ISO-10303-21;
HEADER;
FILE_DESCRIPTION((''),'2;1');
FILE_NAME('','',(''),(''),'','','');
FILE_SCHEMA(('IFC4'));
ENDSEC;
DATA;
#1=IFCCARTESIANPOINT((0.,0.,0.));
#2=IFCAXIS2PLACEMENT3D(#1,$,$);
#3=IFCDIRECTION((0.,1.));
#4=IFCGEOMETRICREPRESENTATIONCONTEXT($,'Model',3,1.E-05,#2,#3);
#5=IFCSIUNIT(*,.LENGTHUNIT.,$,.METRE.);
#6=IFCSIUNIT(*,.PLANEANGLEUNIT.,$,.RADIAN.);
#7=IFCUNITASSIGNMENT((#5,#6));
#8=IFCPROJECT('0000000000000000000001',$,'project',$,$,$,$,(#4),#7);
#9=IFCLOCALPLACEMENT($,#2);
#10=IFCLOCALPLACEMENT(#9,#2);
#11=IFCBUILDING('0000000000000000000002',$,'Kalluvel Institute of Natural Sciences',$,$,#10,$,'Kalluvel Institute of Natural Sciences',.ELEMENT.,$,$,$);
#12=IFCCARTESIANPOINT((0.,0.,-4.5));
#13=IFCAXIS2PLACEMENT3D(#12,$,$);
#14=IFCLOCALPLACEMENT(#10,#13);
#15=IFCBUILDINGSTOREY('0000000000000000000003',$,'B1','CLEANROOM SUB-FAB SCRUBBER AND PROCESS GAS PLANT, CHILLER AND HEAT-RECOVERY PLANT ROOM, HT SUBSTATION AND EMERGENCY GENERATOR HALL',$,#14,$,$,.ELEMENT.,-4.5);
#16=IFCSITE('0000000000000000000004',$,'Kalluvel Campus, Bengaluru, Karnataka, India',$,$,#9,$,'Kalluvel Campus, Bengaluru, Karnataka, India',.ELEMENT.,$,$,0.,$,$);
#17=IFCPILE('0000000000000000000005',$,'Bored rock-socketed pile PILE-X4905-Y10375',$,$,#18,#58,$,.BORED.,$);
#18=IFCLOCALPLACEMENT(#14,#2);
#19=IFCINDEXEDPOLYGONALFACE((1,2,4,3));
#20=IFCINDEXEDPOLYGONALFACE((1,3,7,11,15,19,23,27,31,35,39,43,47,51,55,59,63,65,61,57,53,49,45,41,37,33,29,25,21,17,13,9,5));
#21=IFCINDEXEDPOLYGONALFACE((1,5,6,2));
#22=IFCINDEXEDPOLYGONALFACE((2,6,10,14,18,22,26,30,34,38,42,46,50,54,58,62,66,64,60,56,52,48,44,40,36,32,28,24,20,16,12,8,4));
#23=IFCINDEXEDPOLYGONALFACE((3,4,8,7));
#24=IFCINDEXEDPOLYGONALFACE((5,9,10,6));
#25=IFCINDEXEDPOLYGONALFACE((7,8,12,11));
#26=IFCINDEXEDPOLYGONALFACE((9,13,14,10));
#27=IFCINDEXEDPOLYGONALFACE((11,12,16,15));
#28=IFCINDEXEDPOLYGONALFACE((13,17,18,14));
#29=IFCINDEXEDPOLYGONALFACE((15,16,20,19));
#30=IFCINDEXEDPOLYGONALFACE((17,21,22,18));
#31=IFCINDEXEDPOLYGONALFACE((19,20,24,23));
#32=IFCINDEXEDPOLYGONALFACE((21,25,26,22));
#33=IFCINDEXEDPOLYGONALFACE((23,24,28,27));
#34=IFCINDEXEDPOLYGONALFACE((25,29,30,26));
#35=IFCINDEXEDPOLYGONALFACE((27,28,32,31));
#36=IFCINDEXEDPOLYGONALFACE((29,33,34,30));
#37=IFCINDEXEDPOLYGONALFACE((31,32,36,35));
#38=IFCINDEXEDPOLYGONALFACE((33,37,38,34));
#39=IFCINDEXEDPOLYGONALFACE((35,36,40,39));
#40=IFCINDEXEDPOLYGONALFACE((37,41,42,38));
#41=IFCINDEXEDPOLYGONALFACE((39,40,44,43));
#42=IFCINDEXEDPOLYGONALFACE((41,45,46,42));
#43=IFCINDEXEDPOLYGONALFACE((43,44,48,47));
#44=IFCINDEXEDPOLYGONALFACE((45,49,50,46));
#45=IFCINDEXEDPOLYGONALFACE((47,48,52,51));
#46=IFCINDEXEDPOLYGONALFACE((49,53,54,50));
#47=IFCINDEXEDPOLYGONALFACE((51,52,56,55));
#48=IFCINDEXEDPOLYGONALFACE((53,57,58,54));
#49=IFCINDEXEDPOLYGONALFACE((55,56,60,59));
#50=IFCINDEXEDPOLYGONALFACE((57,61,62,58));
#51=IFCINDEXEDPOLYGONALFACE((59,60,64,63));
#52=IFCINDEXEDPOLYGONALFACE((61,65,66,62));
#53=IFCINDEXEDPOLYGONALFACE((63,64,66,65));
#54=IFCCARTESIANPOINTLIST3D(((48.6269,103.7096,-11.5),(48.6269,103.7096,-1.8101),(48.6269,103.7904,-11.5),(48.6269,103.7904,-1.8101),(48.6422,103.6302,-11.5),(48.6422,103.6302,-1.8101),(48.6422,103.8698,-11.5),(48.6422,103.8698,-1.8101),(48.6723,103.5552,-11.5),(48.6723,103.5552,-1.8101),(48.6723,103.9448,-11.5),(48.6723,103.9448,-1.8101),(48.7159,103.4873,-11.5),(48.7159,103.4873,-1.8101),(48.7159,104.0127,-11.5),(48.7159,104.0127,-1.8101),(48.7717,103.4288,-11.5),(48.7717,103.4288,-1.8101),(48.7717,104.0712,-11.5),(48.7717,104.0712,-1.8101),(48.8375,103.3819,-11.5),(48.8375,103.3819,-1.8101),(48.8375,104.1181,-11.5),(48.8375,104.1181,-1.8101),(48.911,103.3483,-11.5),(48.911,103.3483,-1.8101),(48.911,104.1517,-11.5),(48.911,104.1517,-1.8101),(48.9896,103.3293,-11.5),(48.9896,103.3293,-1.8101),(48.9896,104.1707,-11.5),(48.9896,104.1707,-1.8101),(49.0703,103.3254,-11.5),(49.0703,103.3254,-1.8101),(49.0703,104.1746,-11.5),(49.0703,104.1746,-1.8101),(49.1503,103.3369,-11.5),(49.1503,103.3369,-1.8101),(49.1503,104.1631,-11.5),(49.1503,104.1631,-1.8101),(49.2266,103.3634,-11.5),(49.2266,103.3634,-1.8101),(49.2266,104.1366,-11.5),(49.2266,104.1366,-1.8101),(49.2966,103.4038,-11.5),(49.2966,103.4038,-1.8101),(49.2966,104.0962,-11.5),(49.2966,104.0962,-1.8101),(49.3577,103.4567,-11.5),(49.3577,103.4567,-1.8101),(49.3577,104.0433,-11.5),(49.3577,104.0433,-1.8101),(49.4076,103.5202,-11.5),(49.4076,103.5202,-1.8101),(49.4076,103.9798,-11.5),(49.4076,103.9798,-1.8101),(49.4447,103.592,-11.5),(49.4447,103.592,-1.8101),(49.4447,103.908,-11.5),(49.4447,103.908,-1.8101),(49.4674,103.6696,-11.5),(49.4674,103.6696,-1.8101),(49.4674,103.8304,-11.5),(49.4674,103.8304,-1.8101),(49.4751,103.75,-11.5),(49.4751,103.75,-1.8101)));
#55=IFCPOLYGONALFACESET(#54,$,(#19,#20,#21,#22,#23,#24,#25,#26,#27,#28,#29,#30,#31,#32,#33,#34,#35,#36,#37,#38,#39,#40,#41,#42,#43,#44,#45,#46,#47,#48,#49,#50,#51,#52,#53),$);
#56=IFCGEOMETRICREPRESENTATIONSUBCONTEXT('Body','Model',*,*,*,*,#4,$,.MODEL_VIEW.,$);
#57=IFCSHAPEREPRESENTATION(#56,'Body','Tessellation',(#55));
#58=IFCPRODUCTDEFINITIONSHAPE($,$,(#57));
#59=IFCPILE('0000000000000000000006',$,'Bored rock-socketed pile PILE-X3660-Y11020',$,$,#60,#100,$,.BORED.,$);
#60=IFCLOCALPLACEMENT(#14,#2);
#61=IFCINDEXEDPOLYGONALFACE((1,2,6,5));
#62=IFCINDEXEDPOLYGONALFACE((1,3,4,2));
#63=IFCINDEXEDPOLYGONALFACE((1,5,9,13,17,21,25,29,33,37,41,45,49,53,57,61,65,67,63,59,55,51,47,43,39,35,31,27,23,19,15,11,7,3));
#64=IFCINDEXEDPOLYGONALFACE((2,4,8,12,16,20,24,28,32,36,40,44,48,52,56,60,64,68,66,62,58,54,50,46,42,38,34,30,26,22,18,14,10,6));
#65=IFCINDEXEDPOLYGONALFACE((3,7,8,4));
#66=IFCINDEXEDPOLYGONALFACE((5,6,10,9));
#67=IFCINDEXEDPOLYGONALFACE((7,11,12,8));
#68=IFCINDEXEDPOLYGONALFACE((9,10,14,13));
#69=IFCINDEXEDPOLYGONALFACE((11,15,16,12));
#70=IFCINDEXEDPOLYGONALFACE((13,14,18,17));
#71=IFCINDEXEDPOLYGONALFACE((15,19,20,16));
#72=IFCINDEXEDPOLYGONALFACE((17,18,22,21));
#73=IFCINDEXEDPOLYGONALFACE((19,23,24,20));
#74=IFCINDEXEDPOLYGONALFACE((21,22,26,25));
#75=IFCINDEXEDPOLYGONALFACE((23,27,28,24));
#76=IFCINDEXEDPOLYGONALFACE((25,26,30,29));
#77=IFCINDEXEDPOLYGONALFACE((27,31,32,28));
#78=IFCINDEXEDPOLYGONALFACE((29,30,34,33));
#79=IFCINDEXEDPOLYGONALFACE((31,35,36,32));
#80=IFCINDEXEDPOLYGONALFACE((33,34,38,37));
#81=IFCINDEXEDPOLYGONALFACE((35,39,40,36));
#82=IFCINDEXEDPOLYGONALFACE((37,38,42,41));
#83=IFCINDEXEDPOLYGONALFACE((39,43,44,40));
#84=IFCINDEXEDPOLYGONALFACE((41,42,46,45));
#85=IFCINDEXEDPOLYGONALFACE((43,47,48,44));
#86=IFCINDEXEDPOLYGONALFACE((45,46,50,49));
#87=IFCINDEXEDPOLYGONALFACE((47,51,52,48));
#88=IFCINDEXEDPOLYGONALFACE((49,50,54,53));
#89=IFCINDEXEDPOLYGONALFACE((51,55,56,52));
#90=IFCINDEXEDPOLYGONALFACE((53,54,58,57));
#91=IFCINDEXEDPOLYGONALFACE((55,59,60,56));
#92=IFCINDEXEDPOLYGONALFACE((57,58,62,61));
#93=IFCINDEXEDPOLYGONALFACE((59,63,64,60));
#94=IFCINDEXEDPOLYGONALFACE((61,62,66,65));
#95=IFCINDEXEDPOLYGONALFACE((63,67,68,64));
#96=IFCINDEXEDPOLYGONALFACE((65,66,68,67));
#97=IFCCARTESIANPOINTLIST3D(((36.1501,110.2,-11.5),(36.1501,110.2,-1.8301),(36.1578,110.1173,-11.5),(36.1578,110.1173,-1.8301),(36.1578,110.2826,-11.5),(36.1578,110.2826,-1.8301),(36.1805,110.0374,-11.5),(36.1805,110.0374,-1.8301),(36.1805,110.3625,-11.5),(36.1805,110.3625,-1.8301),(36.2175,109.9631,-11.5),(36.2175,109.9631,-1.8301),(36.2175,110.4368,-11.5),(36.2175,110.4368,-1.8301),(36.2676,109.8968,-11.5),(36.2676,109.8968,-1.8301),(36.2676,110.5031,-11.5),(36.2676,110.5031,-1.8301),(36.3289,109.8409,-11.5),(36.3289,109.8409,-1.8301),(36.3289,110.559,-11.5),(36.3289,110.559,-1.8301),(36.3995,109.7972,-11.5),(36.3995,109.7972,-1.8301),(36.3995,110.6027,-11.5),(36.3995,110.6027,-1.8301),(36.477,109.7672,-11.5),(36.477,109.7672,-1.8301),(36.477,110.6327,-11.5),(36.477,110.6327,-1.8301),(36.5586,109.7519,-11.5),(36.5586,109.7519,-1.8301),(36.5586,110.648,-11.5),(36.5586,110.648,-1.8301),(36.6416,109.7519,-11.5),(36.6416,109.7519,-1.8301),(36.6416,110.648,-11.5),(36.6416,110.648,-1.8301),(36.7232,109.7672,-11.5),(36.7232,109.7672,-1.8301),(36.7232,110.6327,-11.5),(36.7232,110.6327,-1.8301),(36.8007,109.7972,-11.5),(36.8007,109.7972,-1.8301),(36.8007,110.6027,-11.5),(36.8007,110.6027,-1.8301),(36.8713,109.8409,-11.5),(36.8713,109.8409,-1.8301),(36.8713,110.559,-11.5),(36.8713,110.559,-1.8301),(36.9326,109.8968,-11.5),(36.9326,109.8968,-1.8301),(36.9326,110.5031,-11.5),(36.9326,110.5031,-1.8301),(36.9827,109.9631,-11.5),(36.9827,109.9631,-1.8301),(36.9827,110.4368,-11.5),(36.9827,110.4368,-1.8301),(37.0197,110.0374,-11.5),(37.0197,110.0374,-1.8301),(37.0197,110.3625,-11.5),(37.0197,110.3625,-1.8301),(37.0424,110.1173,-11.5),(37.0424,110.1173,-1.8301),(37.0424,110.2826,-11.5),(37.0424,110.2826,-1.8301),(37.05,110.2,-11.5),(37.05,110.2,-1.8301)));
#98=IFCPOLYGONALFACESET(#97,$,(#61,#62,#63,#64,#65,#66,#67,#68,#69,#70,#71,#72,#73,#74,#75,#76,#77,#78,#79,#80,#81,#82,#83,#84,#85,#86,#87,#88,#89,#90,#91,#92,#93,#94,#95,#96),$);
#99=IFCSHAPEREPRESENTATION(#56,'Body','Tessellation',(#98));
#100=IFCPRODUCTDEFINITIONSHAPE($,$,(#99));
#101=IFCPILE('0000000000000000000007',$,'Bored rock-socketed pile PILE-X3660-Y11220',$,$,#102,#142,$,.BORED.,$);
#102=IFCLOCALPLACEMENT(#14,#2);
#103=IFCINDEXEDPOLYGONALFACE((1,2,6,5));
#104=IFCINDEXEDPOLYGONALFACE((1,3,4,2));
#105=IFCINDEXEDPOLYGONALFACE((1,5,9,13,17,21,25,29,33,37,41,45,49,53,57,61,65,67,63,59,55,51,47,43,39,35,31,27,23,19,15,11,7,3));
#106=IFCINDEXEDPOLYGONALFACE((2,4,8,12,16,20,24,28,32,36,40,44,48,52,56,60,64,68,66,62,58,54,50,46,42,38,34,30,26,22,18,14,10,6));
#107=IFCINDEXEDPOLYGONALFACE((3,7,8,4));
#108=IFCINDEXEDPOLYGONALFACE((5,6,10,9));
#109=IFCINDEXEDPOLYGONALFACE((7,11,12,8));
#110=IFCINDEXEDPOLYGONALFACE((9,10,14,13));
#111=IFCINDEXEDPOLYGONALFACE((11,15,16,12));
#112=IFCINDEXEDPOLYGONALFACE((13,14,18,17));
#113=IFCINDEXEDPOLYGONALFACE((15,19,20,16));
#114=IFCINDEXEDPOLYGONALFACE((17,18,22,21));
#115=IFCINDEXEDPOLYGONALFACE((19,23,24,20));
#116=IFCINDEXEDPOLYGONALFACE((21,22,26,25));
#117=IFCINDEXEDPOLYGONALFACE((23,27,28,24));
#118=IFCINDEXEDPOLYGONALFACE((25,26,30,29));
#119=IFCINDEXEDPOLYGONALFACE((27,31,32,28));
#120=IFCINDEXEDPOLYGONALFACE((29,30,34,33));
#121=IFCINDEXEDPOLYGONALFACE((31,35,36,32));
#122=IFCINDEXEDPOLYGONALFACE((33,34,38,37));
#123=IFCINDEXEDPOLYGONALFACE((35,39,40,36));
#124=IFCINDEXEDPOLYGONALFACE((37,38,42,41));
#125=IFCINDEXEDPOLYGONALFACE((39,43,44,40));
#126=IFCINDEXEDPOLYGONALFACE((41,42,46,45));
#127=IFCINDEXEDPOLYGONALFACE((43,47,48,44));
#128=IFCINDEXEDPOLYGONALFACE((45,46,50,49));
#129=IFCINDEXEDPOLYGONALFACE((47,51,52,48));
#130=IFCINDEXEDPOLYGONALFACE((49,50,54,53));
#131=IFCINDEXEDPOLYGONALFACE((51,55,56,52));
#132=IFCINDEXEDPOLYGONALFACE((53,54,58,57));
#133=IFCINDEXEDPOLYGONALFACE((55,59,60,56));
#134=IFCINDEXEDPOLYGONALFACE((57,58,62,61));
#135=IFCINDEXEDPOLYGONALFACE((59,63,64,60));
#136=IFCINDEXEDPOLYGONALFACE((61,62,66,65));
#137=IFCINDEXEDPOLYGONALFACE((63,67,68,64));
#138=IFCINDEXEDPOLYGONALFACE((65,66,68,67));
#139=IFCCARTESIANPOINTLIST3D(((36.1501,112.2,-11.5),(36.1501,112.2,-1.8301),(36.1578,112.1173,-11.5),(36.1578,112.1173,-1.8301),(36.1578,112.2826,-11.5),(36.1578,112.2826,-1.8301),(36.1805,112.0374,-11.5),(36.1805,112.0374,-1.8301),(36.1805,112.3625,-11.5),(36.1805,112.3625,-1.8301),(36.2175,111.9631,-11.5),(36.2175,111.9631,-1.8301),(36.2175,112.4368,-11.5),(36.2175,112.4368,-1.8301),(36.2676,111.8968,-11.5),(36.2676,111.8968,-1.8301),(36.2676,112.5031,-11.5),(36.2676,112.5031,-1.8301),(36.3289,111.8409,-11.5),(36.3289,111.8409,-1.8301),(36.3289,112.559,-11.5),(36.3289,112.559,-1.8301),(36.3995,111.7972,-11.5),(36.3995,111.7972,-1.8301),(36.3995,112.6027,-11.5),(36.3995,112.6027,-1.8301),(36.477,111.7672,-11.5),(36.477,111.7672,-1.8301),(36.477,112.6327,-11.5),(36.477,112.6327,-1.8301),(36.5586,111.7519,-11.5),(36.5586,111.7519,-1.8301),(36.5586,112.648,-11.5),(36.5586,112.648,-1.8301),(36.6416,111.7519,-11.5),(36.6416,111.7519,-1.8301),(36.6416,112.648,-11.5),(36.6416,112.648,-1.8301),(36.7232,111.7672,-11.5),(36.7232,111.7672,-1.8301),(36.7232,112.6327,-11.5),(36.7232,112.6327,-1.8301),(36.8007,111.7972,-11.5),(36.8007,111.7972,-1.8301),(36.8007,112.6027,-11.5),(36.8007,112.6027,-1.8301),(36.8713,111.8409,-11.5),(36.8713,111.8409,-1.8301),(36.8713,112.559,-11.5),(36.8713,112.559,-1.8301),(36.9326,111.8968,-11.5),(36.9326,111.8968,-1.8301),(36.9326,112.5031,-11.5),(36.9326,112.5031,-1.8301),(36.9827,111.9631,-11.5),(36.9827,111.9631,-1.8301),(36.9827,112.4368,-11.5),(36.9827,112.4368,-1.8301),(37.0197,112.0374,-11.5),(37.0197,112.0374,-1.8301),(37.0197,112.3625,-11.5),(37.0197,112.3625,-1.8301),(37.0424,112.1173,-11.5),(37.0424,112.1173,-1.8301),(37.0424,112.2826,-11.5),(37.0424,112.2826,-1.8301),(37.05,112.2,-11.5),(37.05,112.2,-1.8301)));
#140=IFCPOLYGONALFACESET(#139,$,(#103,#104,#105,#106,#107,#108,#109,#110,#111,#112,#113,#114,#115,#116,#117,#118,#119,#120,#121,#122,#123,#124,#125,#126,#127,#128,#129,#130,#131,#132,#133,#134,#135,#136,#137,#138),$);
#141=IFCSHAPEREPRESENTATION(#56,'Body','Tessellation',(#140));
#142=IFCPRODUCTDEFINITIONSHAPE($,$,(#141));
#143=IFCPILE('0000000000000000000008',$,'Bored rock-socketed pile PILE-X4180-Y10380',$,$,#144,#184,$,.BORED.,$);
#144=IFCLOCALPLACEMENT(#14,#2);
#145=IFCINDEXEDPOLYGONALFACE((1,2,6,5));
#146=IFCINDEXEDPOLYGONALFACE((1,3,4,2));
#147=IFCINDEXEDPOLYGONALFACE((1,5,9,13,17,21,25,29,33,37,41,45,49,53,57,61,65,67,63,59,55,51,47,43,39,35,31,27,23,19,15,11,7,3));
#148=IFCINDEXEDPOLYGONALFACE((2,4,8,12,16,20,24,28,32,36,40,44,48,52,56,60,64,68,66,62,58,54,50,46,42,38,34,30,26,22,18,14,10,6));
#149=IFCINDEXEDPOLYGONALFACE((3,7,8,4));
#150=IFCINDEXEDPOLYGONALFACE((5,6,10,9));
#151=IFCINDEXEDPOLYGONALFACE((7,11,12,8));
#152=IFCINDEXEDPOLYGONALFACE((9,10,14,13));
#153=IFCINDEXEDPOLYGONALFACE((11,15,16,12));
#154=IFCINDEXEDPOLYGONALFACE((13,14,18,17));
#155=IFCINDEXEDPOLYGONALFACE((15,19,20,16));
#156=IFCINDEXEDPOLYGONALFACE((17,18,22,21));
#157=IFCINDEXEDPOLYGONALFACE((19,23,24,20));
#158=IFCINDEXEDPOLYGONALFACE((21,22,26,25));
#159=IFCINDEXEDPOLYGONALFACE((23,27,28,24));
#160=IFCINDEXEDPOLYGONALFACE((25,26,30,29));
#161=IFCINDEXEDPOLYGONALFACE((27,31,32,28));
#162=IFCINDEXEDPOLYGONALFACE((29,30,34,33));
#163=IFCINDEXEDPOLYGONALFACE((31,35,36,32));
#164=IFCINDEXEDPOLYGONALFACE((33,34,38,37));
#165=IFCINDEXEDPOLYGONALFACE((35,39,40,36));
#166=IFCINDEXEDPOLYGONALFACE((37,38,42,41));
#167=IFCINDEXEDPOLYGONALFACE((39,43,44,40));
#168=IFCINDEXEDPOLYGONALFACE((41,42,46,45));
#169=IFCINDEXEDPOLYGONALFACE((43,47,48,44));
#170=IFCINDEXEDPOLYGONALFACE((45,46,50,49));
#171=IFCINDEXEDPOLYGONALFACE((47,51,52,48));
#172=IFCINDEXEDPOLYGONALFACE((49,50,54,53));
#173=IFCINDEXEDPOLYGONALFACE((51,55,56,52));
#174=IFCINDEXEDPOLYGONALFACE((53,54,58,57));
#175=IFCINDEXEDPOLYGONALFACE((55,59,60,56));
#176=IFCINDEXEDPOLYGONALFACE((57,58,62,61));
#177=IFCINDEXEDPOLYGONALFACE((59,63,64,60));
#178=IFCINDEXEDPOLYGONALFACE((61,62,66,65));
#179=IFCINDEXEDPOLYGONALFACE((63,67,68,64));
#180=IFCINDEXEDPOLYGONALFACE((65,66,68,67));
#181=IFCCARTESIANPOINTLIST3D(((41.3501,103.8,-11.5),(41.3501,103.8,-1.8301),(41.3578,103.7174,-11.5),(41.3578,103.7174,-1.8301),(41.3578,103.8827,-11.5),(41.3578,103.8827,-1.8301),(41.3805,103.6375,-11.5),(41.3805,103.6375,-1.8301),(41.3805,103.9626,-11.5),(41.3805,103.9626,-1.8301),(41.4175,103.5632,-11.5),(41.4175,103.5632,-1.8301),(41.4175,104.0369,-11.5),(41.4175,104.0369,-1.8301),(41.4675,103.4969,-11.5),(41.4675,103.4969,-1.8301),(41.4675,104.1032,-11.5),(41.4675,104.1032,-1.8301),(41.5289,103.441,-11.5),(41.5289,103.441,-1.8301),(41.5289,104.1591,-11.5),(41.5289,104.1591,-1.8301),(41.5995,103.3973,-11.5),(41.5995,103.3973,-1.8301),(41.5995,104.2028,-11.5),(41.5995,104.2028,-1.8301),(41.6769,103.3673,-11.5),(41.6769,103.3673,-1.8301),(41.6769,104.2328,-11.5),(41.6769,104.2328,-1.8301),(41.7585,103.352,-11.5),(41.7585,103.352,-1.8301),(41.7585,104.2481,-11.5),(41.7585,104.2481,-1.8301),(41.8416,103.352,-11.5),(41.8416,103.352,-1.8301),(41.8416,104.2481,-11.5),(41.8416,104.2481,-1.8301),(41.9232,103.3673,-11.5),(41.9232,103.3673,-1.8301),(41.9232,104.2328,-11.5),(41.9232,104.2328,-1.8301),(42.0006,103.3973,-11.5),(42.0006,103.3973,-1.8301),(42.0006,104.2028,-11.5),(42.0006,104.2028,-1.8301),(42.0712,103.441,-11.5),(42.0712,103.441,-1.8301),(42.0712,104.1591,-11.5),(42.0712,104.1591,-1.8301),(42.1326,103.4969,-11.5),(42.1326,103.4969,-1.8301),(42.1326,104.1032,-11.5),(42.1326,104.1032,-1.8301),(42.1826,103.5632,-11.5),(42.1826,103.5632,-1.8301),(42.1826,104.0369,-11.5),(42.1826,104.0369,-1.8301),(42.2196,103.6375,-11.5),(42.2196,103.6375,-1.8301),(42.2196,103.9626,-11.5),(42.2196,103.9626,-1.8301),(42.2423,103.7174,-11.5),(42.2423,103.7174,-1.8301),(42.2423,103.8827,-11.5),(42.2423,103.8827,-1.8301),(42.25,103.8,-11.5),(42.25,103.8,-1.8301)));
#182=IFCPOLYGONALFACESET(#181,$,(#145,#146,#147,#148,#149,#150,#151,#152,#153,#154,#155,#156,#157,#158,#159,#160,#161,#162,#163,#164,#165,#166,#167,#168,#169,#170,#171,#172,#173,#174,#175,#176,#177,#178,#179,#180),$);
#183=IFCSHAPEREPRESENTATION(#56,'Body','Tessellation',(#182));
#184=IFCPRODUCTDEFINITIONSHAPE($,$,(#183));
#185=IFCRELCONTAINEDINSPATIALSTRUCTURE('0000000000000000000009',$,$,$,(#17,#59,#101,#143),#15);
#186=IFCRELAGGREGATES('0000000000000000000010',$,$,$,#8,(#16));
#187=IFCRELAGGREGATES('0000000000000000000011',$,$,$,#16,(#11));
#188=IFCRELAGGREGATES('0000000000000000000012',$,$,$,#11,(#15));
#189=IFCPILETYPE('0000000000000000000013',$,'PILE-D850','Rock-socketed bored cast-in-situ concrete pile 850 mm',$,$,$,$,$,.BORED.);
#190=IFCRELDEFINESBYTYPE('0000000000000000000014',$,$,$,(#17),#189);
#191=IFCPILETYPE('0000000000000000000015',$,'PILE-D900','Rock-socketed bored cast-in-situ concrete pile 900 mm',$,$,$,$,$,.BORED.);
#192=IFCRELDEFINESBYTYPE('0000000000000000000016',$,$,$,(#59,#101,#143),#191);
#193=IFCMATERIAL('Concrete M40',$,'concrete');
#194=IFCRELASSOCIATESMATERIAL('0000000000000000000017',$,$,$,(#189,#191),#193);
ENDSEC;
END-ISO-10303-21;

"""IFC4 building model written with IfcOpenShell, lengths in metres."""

from ifc_helpers import new_model, si_unit, direction, frame, origin, origin_2d, place, context, subcontext, project, spatial, circle, extrude, material, material_profile, profile_set, type_object, element, save


model = new_model("IFC4")

# Units and contexts
model_context = context("Model", 3, precision=1e-05, world=origin(), true_north=direction((0.0, 1.0)))
body_context = subcontext(model_context, "Body", "Model", "MODEL_VIEW")
ifc_project = project(units=[si_unit("LENGTHUNIT", "METRE"), si_unit("PLANEANGLEUNIT", "RADIAN")], contexts=[model_context])

# Site, building, storey
site_placement = place(None, origin())
site = spatial("IfcSite", under=ifc_project, at=site_placement, Name="Kalluvel Campus, Bengaluru, Karnataka, India", LongName="Kalluvel Campus, Bengaluru, Karnataka, India", CompositionType="ELEMENT", RefElevation=0.0)
building_placement = place(site_placement, origin())
building = spatial("IfcBuilding", under=site, at=building_placement, Name="Kalluvel Institute of Natural Sciences", LongName="Kalluvel Institute of Natural Sciences", CompositionType="ELEMENT")
storey_placement = place(building_placement, frame((0.0, 0.0, -4.5)))
storey = spatial("IfcBuildingStorey", under=building, at=storey_placement, Name="B1", Description="CLEANROOM SUB-FAB SCRUBBER AND PROCESS GAS PLANT, CHILLER AND HEAT-RECOVERY PLANT ROOM, HT SUBSTATION AND EMERGENCY GENERATOR HALL", CompositionType="ELEMENT", Elevation=-4.5)

# Shared definitions
ifc_material_1 = material(Name="Concrete M40", Category="concrete")

# Piles
ifc_material_profile_1 = material_profile(ifc_material_1, circle(Radius=0.425, at=origin_2d()), Name="PILE D850")
ifc_profile_set_1 = profile_set([ifc_material_profile_1], Name="Concrete M40")
pile_type_1 = type_object("IfcPileType", Name="PILE-D850", Description="Rock-socketed bored cast-in-situ concrete pile 850 mm", PredefinedType="BORED", material=ifc_profile_set_1)
for number, where, z_axis, x_axis, name in (
    (1, (49.05, 103.75, -1.8101), (0.0, 0.0, -1.0), (1.0, 0.0, 0.0), "Bored rock-socketed pile PILE-X4905-Y10375"),
):
    element("IfcPile", number, at=place(storey_placement, frame(where, z_axis=z_axis, x_axis=x_axis)), inside=storey, type_object=pile_type_1, Name=name, PredefinedType="BORED", context=body_context, shape_type="SweptSolid", body=[
        extrude(circle(Radius=0.425, at=origin_2d()), origin(), (0.0, 0.0, 1.0), 9.6899),
    ])
ifc_material_profile_2 = material_profile(ifc_material_1, circle(Radius=0.45, at=origin_2d()), Name="PILE D900")
ifc_profile_set_2 = profile_set([ifc_material_profile_2], Name="Concrete M40")
pile_type_2 = type_object("IfcPileType", Name="PILE-D900", Description="Rock-socketed bored cast-in-situ concrete pile 900 mm", PredefinedType="BORED", material=ifc_profile_set_2)
for number, where, z_axis, x_axis, name in (
    (2, (36.6001, 110.2, -1.8301), (0.0, 0.0, -1.0), (1.0, 0.0, 0.0), "Bored rock-socketed pile PILE-X3660-Y11020"),
    (3, (36.6001, 112.2, -1.8301), (0.0, 0.0, -1.0), (1.0, 0.0, 0.0), "Bored rock-socketed pile PILE-X3660-Y11220"),
    (4, (41.8, 103.8, -1.8301), (0.0, 0.0, -1.0), (1.0, 0.0, 0.0), "Bored rock-socketed pile PILE-X4180-Y10380"),
):
    element("IfcPile", number, at=place(storey_placement, frame(where, z_axis=z_axis, x_axis=x_axis)), inside=storey, type_object=pile_type_2, Name=name, PredefinedType="BORED", context=body_context, shape_type="SweptSolid", body=[
        extrude(circle(Radius=0.45, at=origin_2d()), origin(), (0.0, 0.0, 1.0), 9.6699),
    ])

save(model, "model.ifc")
